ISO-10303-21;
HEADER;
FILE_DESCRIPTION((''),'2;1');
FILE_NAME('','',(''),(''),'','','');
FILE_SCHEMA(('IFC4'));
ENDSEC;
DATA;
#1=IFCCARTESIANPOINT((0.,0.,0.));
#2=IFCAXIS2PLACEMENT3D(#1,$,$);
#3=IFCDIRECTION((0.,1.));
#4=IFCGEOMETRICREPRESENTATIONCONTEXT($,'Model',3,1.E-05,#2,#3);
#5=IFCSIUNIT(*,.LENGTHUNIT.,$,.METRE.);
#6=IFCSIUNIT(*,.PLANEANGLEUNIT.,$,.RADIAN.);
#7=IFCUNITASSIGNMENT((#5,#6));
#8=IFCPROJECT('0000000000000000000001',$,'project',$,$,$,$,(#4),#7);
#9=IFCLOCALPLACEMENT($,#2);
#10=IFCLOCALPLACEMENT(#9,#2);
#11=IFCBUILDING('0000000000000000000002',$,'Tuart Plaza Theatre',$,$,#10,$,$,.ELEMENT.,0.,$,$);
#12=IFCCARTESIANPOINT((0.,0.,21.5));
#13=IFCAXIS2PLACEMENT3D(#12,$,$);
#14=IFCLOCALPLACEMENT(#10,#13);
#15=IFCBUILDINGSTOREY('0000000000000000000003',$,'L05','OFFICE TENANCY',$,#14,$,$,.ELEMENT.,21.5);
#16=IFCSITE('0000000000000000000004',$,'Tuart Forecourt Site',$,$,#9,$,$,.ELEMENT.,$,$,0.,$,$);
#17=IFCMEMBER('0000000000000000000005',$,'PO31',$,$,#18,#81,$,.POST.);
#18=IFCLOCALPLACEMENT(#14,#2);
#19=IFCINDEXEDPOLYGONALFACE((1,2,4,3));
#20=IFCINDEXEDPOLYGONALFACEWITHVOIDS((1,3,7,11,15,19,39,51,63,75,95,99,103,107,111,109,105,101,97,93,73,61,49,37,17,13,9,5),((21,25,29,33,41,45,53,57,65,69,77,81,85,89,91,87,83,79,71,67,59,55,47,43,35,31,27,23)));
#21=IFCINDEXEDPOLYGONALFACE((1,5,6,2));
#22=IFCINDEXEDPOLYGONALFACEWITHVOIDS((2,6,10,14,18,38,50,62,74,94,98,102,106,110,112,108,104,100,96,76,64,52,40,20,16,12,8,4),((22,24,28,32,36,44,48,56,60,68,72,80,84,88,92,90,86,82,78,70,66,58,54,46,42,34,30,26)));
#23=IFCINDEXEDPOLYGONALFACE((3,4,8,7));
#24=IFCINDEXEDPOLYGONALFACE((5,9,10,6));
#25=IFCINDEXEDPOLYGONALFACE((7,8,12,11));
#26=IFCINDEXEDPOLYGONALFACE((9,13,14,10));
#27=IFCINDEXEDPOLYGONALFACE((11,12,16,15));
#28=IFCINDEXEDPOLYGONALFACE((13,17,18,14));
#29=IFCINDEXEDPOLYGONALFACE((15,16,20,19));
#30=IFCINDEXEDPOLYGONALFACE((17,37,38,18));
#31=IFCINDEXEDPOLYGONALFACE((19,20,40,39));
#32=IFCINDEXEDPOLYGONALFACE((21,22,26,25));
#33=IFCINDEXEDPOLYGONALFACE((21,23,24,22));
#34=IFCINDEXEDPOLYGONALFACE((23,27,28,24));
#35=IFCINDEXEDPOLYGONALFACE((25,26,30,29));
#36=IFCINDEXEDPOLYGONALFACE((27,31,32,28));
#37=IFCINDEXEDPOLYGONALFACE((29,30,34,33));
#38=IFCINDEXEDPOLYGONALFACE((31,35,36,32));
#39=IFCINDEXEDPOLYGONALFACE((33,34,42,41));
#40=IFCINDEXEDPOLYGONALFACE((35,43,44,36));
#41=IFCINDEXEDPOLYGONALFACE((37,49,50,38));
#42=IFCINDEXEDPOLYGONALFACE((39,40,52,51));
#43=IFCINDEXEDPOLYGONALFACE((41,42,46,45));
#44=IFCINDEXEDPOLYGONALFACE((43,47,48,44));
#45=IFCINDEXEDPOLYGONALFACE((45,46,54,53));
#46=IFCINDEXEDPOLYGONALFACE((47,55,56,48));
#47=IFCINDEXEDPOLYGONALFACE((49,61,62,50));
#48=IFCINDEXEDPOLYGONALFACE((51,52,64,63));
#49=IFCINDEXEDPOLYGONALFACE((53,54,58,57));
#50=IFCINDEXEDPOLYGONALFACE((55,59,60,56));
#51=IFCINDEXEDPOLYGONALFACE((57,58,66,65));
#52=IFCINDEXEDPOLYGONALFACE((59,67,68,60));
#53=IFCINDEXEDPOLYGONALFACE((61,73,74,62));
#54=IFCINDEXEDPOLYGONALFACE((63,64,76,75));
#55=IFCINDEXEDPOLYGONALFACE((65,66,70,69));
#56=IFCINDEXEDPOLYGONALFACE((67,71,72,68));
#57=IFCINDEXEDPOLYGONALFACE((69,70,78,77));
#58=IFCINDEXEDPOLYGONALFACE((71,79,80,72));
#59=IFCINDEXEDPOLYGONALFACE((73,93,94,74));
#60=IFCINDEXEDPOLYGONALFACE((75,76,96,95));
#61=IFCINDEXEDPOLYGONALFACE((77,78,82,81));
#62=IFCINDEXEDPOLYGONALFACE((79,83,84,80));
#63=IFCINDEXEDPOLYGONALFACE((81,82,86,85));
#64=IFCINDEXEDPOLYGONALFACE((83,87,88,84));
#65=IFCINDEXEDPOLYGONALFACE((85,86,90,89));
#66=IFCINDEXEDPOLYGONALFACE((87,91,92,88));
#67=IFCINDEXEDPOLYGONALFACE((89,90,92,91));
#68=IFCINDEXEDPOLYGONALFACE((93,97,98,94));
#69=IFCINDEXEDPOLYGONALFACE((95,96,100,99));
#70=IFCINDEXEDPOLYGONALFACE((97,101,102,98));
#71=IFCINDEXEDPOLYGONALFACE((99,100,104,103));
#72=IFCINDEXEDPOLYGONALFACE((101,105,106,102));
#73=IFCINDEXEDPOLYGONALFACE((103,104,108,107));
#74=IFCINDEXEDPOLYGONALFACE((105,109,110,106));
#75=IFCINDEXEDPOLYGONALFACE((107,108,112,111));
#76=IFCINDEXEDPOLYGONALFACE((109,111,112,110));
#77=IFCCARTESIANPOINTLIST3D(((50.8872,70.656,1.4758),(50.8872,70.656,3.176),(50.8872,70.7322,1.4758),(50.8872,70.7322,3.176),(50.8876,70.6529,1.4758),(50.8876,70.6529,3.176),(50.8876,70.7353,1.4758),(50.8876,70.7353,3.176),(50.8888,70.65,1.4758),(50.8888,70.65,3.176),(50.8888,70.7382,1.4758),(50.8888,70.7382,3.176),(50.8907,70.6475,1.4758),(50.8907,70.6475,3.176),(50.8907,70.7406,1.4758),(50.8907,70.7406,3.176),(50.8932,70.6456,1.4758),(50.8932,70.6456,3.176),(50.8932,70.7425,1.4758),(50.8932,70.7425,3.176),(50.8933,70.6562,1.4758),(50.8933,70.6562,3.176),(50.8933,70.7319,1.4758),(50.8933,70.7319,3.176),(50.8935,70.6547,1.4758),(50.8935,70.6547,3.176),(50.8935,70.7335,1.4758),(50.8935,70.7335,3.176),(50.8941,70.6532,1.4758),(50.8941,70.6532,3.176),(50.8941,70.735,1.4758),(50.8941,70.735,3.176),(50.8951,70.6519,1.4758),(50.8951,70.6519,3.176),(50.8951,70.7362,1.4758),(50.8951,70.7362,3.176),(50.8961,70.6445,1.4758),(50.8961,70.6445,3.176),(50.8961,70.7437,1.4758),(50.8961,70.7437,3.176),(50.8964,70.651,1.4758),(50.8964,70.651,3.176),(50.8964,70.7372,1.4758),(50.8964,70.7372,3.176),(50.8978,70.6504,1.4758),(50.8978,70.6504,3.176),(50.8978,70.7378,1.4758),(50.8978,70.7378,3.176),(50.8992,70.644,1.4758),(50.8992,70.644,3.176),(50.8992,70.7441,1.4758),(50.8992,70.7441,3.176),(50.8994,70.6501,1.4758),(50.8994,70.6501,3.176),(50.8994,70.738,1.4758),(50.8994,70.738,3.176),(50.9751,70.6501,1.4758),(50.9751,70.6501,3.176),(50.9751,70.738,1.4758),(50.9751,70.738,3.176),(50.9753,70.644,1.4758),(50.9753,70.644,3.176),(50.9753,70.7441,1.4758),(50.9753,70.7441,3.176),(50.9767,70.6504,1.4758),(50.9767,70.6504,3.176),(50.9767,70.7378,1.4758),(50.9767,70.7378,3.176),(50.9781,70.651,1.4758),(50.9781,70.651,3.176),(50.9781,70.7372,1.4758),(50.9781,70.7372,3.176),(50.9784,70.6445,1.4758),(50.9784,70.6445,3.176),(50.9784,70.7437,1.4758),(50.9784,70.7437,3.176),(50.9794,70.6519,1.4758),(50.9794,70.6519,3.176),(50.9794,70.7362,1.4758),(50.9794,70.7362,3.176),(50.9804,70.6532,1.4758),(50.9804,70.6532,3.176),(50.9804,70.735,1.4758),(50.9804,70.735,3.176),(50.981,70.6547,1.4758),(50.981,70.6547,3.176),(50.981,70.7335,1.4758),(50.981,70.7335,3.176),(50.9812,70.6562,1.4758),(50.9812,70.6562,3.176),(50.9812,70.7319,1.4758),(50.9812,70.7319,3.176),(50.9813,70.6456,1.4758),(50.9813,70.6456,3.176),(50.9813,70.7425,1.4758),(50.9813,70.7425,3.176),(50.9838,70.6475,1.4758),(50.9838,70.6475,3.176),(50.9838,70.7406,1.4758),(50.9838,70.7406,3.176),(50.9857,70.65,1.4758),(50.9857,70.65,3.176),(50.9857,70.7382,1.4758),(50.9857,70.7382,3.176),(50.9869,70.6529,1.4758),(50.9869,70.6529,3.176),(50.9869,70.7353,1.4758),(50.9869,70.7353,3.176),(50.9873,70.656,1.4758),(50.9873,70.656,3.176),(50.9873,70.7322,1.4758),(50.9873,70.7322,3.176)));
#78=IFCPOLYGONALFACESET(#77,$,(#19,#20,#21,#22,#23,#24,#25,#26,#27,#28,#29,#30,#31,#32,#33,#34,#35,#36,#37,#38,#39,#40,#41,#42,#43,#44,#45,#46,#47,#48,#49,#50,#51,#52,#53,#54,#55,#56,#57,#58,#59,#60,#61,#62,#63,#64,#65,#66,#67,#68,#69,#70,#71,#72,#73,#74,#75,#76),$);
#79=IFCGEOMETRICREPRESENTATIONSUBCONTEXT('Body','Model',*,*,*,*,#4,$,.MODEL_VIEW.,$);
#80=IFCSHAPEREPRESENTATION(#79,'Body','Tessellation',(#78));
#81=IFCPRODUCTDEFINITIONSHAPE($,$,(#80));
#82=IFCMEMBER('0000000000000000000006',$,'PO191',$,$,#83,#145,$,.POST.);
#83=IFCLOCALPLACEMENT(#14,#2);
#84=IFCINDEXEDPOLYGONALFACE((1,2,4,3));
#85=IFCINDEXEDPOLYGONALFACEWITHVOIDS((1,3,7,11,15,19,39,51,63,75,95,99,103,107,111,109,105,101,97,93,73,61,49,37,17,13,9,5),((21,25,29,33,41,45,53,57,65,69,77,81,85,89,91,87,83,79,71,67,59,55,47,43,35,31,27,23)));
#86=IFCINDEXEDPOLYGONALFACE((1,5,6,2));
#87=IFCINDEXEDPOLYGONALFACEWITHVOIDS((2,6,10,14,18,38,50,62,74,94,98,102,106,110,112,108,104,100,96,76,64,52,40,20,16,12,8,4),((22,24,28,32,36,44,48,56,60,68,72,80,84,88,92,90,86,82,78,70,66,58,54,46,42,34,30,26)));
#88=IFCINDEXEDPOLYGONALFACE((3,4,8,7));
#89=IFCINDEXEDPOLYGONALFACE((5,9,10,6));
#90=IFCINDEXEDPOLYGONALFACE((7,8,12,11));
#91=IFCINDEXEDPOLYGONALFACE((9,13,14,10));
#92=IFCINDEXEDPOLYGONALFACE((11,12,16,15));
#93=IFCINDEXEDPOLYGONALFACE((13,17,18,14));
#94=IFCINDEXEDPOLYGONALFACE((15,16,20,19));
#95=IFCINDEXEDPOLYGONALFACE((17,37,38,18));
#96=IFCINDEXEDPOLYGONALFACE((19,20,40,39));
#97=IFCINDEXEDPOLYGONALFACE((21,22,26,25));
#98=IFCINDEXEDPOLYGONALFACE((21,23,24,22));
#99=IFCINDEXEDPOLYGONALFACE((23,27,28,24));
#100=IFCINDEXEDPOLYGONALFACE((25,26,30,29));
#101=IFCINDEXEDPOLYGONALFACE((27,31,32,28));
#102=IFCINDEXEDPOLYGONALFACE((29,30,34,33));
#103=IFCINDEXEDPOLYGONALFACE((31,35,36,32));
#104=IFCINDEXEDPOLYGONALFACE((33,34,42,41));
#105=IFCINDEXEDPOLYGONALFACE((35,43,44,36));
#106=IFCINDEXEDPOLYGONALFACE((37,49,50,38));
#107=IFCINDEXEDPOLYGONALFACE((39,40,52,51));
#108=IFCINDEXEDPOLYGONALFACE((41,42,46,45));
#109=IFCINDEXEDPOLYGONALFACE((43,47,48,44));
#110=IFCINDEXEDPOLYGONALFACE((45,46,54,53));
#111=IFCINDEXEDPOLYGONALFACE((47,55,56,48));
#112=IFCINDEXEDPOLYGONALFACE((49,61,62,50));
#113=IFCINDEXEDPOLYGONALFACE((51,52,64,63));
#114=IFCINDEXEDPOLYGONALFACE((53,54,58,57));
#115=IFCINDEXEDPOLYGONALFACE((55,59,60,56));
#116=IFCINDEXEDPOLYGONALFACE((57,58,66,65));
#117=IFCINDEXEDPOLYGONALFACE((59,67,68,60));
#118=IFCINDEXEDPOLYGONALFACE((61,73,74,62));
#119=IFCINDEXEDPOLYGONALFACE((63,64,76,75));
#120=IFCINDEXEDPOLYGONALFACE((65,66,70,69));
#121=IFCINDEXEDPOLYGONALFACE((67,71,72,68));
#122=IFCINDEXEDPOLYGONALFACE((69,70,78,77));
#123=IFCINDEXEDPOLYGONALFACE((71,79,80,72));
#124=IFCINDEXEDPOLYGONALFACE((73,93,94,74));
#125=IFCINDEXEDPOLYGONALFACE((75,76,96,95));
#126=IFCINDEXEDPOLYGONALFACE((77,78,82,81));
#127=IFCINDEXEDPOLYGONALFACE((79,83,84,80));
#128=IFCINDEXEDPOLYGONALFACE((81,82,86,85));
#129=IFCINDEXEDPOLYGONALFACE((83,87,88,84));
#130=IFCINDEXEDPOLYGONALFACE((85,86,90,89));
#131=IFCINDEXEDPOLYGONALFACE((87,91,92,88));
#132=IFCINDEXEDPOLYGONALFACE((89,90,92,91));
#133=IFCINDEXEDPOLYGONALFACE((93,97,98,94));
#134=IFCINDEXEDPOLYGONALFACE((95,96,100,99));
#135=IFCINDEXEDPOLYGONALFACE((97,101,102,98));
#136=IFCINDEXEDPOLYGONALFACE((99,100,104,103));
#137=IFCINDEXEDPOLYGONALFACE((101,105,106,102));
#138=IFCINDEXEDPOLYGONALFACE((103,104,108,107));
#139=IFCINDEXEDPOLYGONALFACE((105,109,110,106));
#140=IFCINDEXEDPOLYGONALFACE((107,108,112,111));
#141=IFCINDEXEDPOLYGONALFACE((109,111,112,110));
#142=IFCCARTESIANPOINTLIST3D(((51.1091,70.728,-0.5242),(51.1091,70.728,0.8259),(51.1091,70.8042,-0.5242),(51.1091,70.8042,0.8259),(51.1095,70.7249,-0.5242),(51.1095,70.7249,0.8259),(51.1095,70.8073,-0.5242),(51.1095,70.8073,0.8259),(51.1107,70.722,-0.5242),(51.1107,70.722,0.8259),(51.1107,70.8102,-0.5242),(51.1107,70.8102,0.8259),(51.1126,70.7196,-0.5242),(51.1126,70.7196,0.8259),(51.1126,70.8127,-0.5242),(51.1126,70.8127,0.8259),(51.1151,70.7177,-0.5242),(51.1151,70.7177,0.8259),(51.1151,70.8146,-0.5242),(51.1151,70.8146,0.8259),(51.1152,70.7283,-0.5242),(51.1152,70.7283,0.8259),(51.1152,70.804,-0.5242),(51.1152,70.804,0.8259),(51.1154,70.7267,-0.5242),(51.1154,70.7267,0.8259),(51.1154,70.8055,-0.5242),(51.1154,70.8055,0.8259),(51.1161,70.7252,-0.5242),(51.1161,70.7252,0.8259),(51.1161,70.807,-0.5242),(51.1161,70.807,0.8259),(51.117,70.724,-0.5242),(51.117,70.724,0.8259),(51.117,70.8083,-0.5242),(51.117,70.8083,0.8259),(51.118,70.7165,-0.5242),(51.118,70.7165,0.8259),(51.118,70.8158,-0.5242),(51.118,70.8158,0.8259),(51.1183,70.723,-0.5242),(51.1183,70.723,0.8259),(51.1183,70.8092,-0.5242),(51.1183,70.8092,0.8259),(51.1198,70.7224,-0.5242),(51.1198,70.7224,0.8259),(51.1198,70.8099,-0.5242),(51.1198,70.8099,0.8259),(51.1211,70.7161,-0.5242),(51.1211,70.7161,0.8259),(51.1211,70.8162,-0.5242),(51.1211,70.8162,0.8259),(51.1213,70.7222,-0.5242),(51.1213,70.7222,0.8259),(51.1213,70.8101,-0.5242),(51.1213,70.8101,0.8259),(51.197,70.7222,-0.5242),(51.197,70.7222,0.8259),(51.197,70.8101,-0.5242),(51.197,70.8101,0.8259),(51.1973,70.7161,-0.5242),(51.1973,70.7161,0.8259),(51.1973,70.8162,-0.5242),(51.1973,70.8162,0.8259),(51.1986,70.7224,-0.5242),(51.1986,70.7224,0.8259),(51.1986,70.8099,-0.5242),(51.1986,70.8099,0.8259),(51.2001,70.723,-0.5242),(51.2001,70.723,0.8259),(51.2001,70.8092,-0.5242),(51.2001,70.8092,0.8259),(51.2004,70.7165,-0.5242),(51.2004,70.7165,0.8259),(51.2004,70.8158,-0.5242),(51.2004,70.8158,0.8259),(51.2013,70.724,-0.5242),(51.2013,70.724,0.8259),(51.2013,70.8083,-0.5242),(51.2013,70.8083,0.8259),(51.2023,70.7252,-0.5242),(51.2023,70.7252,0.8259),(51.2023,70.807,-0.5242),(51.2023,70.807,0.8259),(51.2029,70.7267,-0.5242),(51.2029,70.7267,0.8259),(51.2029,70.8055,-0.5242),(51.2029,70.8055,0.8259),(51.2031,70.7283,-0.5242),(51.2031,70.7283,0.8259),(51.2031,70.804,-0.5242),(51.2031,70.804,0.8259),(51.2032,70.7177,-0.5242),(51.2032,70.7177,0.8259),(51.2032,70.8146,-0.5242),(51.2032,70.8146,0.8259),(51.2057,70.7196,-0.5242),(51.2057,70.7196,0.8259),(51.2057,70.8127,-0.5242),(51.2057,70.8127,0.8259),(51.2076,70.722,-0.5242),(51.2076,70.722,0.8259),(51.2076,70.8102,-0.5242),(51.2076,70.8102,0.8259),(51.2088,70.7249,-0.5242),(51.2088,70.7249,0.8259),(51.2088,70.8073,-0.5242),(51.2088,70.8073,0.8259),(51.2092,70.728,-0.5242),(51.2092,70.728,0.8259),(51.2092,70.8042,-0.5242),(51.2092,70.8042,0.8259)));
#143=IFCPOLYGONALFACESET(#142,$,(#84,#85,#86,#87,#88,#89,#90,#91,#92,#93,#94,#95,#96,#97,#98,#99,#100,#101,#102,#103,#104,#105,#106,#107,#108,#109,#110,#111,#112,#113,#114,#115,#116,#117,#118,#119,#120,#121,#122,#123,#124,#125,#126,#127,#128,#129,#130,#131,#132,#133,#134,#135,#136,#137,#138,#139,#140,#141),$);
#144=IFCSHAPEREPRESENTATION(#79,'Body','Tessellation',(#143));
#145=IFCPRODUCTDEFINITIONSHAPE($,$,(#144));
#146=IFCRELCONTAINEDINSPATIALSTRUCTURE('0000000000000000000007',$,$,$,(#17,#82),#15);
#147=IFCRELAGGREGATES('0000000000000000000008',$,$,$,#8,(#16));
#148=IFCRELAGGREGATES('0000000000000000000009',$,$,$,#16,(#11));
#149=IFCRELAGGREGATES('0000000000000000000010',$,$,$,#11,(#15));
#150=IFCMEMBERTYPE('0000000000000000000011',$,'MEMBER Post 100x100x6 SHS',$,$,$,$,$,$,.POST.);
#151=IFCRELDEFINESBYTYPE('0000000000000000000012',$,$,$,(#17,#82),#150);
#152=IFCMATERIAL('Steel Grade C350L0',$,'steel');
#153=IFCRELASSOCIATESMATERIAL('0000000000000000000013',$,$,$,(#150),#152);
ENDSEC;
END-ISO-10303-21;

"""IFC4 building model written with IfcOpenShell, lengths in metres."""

from ifc_helpers import new_model, si_unit, direction, frame, origin, origin_2d, place, context, subcontext, project, spatial, hollow_rectangle, extrude, material, material_profile, profile_set, type_object, element, save


model = new_model("IFC4")

# Units and contexts
model_context = context("Model", 3, precision=1e-05, world=origin(), true_north=direction((0.0, 1.0)))
body_context = subcontext(model_context, "Body", "Model", "MODEL_VIEW")
ifc_project = project(units=[si_unit("LENGTHUNIT", "METRE"), si_unit("PLANEANGLEUNIT", "RADIAN")], contexts=[model_context])

# Site, building, storey
site_placement = place(None, origin())
site = spatial("IfcSite", under=ifc_project, at=site_placement, Name="Tuart Forecourt Site", CompositionType="ELEMENT", RefElevation=0.0)
building_placement = place(site_placement, origin())
building = spatial("IfcBuilding", under=site, at=building_placement, Name="Tuart Plaza Theatre", CompositionType="ELEMENT", ElevationOfRefHeight=0.0)
storey_placement = place(building_placement, frame((0.0, 0.0, 21.5)))
storey = spatial("IfcBuildingStorey", under=building, at=storey_placement, Name="L05", Description="OFFICE TENANCY", CompositionType="ELEMENT", Elevation=21.5)

# Members
ifc_material_1 = material(Name="Steel Grade C350L0", Category="steel")
ifc_material_profile_1 = material_profile(ifc_material_1, hollow_rectangle(XDim=0.1001, YDim=0.1001, WallThickness=0.0061, InnerFilletRadius=0.0061, OuterFilletRadius=0.012, at=origin_2d()), Name="100x100x6 SHS")
ifc_profile_set_1 = profile_set([ifc_material_profile_1], Name="Steel Grade C350L0")
member_type_1 = type_object("IfcMemberType", Name="MEMBER Post 100x100x6 SHS", PredefinedType="POST", material=ifc_profile_set_1)
member_1_placement = place(storey_placement, frame((50.9373, 70.6941, 1.4758), z_axis=(0.0, 0.0, 1.0), x_axis=(1.0, 0.0, 0.0)))
element("IfcMember", 1, at=member_1_placement, inside=storey, type_object=member_type_1, Name="PO31", PredefinedType="POST", context=body_context, shape_type="SweptSolid", body=[
    extrude(hollow_rectangle(XDim=0.1001, YDim=0.1001, WallThickness=0.0061, InnerFilletRadius=0.0061, OuterFilletRadius=0.012, at=origin_2d()), origin(), (0.0, 0.0, 1.0), 1.7002),
])
member_2_placement = place(storey_placement, frame((51.1592, 70.7661, -0.5242), z_axis=(0.0, 0.0, 1.0), x_axis=(1.0, 0.0, 0.0)))
element("IfcMember", 2, at=member_2_placement, inside=storey, type_object=member_type_1, Name="PO191", PredefinedType="POST", context=body_context, shape_type="SweptSolid", body=[
    extrude(hollow_rectangle(XDim=0.1001, YDim=0.1001, WallThickness=0.0061, InnerFilletRadius=0.0061, OuterFilletRadius=0.012, at=origin_2d()), origin(), (0.0, 0.0, 1.0), 1.3501),
])

save(model, "model.ifc")
